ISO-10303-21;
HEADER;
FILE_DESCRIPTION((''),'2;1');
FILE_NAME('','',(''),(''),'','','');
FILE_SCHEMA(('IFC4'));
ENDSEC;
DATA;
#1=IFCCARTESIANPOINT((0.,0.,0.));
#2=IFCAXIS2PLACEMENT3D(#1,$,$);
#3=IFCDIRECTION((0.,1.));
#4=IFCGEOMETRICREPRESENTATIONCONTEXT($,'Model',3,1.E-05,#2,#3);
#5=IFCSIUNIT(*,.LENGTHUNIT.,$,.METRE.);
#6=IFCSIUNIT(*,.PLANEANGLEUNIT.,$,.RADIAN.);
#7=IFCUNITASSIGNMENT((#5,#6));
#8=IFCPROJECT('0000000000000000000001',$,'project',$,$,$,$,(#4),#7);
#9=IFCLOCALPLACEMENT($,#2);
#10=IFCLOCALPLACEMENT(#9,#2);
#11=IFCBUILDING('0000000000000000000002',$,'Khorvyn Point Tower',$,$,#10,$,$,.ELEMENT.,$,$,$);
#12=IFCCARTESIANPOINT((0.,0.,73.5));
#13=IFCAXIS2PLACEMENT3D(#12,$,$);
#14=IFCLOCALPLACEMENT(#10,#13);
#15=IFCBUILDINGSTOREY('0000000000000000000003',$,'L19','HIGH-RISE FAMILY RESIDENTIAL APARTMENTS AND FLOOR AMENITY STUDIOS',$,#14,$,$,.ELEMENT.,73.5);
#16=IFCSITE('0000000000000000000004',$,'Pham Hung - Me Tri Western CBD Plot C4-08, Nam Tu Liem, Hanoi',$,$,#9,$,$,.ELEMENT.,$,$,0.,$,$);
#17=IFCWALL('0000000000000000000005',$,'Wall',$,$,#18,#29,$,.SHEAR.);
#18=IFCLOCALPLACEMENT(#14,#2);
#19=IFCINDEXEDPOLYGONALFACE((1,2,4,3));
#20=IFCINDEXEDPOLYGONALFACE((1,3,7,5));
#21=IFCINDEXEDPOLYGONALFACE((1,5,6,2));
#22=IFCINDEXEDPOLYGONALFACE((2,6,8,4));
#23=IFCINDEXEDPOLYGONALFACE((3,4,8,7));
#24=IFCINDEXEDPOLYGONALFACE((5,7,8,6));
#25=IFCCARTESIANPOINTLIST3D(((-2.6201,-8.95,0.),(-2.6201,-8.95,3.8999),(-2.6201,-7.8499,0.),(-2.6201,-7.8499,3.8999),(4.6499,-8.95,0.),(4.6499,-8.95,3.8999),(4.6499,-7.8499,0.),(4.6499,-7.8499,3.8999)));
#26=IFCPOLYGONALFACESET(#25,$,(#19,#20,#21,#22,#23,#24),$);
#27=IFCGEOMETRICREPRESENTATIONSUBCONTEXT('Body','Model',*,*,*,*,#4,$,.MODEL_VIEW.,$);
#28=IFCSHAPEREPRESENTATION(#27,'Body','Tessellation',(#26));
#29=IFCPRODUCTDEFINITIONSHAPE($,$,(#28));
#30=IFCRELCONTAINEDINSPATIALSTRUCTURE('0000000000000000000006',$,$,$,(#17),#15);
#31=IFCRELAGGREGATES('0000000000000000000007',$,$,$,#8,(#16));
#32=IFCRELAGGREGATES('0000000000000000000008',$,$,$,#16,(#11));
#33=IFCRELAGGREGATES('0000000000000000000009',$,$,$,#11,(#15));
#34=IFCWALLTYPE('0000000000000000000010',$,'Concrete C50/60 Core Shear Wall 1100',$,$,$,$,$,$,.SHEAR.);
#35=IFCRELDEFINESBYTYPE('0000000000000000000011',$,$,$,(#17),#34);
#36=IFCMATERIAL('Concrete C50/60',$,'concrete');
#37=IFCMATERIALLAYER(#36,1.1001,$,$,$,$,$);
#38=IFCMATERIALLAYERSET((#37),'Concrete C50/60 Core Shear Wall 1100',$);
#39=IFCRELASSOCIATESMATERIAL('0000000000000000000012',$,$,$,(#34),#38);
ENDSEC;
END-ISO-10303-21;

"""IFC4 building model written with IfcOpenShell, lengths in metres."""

from ifc_helpers import new_model, si_unit, direction, frame, frame_2d, origin, place, context, subcontext, project, spatial, rectangle, extrude, material, layer, layer_set, type_object, element, save


model = new_model("IFC4")

# Units and contexts
model_context = context("Model", 3, precision=1e-05, world=origin(), true_north=direction((0.0, 1.0)))
body_context = subcontext(model_context, "Body", "Model", "MODEL_VIEW")
ifc_project = project(units=[si_unit("LENGTHUNIT", "METRE"), si_unit("PLANEANGLEUNIT", "RADIAN")], contexts=[model_context])

# Site, building, storey
site_placement = place(None, origin())
site = spatial("IfcSite", under=ifc_project, at=site_placement, Name="Pham Hung - Me Tri Western CBD Plot C4-08, Nam Tu Liem, Hanoi", CompositionType="ELEMENT", RefElevation=0.0)
building_placement = place(site_placement, origin())
building = spatial("IfcBuilding", under=site, at=building_placement, Name="Khorvyn Point Tower", CompositionType="ELEMENT")
storey_placement = place(building_placement, frame((0.0, 0.0, 73.5)))
storey = spatial("IfcBuildingStorey", under=building, at=storey_placement, Name="L19", Description="HIGH-RISE FAMILY RESIDENTIAL APARTMENTS AND FLOOR AMENITY STUDIOS", CompositionType="ELEMENT", Elevation=73.5)

# Shared definitions
ifc_material_1 = material(Name="Concrete C50/60", Category="concrete")

# Wall
ifc_layer_1 = layer(ifc_material_1, 1.1001)
ifc_layer_set_1 = layer_set([ifc_layer_1], Name="Concrete C50/60 Core Shear Wall 1100")
wall_type_1 = type_object("IfcWallType", Name="Concrete C50/60 Core Shear Wall 1100", PredefinedType="SHEAR", material=ifc_layer_set_1)
wall_1_placement = place(storey_placement, frame((-2.6201, -8.3999, 0.0), z_axis=(0.0, 0.0, 1.0), x_axis=(1.0, 0.0, 0.0)))
element("IfcWall", 1, at=wall_1_placement, inside=storey, type_object=wall_type_1, Name="Wall", PredefinedType="SHEAR", context=body_context, shape_type="SweptSolid", body=[
    extrude(rectangle(XDim=7.27, YDim=1.1001, at=frame_2d((3.635, 0.0))), origin(), (0.0, 0.0, 1.0), 3.8999),
])

save(model, "model.ifc")
